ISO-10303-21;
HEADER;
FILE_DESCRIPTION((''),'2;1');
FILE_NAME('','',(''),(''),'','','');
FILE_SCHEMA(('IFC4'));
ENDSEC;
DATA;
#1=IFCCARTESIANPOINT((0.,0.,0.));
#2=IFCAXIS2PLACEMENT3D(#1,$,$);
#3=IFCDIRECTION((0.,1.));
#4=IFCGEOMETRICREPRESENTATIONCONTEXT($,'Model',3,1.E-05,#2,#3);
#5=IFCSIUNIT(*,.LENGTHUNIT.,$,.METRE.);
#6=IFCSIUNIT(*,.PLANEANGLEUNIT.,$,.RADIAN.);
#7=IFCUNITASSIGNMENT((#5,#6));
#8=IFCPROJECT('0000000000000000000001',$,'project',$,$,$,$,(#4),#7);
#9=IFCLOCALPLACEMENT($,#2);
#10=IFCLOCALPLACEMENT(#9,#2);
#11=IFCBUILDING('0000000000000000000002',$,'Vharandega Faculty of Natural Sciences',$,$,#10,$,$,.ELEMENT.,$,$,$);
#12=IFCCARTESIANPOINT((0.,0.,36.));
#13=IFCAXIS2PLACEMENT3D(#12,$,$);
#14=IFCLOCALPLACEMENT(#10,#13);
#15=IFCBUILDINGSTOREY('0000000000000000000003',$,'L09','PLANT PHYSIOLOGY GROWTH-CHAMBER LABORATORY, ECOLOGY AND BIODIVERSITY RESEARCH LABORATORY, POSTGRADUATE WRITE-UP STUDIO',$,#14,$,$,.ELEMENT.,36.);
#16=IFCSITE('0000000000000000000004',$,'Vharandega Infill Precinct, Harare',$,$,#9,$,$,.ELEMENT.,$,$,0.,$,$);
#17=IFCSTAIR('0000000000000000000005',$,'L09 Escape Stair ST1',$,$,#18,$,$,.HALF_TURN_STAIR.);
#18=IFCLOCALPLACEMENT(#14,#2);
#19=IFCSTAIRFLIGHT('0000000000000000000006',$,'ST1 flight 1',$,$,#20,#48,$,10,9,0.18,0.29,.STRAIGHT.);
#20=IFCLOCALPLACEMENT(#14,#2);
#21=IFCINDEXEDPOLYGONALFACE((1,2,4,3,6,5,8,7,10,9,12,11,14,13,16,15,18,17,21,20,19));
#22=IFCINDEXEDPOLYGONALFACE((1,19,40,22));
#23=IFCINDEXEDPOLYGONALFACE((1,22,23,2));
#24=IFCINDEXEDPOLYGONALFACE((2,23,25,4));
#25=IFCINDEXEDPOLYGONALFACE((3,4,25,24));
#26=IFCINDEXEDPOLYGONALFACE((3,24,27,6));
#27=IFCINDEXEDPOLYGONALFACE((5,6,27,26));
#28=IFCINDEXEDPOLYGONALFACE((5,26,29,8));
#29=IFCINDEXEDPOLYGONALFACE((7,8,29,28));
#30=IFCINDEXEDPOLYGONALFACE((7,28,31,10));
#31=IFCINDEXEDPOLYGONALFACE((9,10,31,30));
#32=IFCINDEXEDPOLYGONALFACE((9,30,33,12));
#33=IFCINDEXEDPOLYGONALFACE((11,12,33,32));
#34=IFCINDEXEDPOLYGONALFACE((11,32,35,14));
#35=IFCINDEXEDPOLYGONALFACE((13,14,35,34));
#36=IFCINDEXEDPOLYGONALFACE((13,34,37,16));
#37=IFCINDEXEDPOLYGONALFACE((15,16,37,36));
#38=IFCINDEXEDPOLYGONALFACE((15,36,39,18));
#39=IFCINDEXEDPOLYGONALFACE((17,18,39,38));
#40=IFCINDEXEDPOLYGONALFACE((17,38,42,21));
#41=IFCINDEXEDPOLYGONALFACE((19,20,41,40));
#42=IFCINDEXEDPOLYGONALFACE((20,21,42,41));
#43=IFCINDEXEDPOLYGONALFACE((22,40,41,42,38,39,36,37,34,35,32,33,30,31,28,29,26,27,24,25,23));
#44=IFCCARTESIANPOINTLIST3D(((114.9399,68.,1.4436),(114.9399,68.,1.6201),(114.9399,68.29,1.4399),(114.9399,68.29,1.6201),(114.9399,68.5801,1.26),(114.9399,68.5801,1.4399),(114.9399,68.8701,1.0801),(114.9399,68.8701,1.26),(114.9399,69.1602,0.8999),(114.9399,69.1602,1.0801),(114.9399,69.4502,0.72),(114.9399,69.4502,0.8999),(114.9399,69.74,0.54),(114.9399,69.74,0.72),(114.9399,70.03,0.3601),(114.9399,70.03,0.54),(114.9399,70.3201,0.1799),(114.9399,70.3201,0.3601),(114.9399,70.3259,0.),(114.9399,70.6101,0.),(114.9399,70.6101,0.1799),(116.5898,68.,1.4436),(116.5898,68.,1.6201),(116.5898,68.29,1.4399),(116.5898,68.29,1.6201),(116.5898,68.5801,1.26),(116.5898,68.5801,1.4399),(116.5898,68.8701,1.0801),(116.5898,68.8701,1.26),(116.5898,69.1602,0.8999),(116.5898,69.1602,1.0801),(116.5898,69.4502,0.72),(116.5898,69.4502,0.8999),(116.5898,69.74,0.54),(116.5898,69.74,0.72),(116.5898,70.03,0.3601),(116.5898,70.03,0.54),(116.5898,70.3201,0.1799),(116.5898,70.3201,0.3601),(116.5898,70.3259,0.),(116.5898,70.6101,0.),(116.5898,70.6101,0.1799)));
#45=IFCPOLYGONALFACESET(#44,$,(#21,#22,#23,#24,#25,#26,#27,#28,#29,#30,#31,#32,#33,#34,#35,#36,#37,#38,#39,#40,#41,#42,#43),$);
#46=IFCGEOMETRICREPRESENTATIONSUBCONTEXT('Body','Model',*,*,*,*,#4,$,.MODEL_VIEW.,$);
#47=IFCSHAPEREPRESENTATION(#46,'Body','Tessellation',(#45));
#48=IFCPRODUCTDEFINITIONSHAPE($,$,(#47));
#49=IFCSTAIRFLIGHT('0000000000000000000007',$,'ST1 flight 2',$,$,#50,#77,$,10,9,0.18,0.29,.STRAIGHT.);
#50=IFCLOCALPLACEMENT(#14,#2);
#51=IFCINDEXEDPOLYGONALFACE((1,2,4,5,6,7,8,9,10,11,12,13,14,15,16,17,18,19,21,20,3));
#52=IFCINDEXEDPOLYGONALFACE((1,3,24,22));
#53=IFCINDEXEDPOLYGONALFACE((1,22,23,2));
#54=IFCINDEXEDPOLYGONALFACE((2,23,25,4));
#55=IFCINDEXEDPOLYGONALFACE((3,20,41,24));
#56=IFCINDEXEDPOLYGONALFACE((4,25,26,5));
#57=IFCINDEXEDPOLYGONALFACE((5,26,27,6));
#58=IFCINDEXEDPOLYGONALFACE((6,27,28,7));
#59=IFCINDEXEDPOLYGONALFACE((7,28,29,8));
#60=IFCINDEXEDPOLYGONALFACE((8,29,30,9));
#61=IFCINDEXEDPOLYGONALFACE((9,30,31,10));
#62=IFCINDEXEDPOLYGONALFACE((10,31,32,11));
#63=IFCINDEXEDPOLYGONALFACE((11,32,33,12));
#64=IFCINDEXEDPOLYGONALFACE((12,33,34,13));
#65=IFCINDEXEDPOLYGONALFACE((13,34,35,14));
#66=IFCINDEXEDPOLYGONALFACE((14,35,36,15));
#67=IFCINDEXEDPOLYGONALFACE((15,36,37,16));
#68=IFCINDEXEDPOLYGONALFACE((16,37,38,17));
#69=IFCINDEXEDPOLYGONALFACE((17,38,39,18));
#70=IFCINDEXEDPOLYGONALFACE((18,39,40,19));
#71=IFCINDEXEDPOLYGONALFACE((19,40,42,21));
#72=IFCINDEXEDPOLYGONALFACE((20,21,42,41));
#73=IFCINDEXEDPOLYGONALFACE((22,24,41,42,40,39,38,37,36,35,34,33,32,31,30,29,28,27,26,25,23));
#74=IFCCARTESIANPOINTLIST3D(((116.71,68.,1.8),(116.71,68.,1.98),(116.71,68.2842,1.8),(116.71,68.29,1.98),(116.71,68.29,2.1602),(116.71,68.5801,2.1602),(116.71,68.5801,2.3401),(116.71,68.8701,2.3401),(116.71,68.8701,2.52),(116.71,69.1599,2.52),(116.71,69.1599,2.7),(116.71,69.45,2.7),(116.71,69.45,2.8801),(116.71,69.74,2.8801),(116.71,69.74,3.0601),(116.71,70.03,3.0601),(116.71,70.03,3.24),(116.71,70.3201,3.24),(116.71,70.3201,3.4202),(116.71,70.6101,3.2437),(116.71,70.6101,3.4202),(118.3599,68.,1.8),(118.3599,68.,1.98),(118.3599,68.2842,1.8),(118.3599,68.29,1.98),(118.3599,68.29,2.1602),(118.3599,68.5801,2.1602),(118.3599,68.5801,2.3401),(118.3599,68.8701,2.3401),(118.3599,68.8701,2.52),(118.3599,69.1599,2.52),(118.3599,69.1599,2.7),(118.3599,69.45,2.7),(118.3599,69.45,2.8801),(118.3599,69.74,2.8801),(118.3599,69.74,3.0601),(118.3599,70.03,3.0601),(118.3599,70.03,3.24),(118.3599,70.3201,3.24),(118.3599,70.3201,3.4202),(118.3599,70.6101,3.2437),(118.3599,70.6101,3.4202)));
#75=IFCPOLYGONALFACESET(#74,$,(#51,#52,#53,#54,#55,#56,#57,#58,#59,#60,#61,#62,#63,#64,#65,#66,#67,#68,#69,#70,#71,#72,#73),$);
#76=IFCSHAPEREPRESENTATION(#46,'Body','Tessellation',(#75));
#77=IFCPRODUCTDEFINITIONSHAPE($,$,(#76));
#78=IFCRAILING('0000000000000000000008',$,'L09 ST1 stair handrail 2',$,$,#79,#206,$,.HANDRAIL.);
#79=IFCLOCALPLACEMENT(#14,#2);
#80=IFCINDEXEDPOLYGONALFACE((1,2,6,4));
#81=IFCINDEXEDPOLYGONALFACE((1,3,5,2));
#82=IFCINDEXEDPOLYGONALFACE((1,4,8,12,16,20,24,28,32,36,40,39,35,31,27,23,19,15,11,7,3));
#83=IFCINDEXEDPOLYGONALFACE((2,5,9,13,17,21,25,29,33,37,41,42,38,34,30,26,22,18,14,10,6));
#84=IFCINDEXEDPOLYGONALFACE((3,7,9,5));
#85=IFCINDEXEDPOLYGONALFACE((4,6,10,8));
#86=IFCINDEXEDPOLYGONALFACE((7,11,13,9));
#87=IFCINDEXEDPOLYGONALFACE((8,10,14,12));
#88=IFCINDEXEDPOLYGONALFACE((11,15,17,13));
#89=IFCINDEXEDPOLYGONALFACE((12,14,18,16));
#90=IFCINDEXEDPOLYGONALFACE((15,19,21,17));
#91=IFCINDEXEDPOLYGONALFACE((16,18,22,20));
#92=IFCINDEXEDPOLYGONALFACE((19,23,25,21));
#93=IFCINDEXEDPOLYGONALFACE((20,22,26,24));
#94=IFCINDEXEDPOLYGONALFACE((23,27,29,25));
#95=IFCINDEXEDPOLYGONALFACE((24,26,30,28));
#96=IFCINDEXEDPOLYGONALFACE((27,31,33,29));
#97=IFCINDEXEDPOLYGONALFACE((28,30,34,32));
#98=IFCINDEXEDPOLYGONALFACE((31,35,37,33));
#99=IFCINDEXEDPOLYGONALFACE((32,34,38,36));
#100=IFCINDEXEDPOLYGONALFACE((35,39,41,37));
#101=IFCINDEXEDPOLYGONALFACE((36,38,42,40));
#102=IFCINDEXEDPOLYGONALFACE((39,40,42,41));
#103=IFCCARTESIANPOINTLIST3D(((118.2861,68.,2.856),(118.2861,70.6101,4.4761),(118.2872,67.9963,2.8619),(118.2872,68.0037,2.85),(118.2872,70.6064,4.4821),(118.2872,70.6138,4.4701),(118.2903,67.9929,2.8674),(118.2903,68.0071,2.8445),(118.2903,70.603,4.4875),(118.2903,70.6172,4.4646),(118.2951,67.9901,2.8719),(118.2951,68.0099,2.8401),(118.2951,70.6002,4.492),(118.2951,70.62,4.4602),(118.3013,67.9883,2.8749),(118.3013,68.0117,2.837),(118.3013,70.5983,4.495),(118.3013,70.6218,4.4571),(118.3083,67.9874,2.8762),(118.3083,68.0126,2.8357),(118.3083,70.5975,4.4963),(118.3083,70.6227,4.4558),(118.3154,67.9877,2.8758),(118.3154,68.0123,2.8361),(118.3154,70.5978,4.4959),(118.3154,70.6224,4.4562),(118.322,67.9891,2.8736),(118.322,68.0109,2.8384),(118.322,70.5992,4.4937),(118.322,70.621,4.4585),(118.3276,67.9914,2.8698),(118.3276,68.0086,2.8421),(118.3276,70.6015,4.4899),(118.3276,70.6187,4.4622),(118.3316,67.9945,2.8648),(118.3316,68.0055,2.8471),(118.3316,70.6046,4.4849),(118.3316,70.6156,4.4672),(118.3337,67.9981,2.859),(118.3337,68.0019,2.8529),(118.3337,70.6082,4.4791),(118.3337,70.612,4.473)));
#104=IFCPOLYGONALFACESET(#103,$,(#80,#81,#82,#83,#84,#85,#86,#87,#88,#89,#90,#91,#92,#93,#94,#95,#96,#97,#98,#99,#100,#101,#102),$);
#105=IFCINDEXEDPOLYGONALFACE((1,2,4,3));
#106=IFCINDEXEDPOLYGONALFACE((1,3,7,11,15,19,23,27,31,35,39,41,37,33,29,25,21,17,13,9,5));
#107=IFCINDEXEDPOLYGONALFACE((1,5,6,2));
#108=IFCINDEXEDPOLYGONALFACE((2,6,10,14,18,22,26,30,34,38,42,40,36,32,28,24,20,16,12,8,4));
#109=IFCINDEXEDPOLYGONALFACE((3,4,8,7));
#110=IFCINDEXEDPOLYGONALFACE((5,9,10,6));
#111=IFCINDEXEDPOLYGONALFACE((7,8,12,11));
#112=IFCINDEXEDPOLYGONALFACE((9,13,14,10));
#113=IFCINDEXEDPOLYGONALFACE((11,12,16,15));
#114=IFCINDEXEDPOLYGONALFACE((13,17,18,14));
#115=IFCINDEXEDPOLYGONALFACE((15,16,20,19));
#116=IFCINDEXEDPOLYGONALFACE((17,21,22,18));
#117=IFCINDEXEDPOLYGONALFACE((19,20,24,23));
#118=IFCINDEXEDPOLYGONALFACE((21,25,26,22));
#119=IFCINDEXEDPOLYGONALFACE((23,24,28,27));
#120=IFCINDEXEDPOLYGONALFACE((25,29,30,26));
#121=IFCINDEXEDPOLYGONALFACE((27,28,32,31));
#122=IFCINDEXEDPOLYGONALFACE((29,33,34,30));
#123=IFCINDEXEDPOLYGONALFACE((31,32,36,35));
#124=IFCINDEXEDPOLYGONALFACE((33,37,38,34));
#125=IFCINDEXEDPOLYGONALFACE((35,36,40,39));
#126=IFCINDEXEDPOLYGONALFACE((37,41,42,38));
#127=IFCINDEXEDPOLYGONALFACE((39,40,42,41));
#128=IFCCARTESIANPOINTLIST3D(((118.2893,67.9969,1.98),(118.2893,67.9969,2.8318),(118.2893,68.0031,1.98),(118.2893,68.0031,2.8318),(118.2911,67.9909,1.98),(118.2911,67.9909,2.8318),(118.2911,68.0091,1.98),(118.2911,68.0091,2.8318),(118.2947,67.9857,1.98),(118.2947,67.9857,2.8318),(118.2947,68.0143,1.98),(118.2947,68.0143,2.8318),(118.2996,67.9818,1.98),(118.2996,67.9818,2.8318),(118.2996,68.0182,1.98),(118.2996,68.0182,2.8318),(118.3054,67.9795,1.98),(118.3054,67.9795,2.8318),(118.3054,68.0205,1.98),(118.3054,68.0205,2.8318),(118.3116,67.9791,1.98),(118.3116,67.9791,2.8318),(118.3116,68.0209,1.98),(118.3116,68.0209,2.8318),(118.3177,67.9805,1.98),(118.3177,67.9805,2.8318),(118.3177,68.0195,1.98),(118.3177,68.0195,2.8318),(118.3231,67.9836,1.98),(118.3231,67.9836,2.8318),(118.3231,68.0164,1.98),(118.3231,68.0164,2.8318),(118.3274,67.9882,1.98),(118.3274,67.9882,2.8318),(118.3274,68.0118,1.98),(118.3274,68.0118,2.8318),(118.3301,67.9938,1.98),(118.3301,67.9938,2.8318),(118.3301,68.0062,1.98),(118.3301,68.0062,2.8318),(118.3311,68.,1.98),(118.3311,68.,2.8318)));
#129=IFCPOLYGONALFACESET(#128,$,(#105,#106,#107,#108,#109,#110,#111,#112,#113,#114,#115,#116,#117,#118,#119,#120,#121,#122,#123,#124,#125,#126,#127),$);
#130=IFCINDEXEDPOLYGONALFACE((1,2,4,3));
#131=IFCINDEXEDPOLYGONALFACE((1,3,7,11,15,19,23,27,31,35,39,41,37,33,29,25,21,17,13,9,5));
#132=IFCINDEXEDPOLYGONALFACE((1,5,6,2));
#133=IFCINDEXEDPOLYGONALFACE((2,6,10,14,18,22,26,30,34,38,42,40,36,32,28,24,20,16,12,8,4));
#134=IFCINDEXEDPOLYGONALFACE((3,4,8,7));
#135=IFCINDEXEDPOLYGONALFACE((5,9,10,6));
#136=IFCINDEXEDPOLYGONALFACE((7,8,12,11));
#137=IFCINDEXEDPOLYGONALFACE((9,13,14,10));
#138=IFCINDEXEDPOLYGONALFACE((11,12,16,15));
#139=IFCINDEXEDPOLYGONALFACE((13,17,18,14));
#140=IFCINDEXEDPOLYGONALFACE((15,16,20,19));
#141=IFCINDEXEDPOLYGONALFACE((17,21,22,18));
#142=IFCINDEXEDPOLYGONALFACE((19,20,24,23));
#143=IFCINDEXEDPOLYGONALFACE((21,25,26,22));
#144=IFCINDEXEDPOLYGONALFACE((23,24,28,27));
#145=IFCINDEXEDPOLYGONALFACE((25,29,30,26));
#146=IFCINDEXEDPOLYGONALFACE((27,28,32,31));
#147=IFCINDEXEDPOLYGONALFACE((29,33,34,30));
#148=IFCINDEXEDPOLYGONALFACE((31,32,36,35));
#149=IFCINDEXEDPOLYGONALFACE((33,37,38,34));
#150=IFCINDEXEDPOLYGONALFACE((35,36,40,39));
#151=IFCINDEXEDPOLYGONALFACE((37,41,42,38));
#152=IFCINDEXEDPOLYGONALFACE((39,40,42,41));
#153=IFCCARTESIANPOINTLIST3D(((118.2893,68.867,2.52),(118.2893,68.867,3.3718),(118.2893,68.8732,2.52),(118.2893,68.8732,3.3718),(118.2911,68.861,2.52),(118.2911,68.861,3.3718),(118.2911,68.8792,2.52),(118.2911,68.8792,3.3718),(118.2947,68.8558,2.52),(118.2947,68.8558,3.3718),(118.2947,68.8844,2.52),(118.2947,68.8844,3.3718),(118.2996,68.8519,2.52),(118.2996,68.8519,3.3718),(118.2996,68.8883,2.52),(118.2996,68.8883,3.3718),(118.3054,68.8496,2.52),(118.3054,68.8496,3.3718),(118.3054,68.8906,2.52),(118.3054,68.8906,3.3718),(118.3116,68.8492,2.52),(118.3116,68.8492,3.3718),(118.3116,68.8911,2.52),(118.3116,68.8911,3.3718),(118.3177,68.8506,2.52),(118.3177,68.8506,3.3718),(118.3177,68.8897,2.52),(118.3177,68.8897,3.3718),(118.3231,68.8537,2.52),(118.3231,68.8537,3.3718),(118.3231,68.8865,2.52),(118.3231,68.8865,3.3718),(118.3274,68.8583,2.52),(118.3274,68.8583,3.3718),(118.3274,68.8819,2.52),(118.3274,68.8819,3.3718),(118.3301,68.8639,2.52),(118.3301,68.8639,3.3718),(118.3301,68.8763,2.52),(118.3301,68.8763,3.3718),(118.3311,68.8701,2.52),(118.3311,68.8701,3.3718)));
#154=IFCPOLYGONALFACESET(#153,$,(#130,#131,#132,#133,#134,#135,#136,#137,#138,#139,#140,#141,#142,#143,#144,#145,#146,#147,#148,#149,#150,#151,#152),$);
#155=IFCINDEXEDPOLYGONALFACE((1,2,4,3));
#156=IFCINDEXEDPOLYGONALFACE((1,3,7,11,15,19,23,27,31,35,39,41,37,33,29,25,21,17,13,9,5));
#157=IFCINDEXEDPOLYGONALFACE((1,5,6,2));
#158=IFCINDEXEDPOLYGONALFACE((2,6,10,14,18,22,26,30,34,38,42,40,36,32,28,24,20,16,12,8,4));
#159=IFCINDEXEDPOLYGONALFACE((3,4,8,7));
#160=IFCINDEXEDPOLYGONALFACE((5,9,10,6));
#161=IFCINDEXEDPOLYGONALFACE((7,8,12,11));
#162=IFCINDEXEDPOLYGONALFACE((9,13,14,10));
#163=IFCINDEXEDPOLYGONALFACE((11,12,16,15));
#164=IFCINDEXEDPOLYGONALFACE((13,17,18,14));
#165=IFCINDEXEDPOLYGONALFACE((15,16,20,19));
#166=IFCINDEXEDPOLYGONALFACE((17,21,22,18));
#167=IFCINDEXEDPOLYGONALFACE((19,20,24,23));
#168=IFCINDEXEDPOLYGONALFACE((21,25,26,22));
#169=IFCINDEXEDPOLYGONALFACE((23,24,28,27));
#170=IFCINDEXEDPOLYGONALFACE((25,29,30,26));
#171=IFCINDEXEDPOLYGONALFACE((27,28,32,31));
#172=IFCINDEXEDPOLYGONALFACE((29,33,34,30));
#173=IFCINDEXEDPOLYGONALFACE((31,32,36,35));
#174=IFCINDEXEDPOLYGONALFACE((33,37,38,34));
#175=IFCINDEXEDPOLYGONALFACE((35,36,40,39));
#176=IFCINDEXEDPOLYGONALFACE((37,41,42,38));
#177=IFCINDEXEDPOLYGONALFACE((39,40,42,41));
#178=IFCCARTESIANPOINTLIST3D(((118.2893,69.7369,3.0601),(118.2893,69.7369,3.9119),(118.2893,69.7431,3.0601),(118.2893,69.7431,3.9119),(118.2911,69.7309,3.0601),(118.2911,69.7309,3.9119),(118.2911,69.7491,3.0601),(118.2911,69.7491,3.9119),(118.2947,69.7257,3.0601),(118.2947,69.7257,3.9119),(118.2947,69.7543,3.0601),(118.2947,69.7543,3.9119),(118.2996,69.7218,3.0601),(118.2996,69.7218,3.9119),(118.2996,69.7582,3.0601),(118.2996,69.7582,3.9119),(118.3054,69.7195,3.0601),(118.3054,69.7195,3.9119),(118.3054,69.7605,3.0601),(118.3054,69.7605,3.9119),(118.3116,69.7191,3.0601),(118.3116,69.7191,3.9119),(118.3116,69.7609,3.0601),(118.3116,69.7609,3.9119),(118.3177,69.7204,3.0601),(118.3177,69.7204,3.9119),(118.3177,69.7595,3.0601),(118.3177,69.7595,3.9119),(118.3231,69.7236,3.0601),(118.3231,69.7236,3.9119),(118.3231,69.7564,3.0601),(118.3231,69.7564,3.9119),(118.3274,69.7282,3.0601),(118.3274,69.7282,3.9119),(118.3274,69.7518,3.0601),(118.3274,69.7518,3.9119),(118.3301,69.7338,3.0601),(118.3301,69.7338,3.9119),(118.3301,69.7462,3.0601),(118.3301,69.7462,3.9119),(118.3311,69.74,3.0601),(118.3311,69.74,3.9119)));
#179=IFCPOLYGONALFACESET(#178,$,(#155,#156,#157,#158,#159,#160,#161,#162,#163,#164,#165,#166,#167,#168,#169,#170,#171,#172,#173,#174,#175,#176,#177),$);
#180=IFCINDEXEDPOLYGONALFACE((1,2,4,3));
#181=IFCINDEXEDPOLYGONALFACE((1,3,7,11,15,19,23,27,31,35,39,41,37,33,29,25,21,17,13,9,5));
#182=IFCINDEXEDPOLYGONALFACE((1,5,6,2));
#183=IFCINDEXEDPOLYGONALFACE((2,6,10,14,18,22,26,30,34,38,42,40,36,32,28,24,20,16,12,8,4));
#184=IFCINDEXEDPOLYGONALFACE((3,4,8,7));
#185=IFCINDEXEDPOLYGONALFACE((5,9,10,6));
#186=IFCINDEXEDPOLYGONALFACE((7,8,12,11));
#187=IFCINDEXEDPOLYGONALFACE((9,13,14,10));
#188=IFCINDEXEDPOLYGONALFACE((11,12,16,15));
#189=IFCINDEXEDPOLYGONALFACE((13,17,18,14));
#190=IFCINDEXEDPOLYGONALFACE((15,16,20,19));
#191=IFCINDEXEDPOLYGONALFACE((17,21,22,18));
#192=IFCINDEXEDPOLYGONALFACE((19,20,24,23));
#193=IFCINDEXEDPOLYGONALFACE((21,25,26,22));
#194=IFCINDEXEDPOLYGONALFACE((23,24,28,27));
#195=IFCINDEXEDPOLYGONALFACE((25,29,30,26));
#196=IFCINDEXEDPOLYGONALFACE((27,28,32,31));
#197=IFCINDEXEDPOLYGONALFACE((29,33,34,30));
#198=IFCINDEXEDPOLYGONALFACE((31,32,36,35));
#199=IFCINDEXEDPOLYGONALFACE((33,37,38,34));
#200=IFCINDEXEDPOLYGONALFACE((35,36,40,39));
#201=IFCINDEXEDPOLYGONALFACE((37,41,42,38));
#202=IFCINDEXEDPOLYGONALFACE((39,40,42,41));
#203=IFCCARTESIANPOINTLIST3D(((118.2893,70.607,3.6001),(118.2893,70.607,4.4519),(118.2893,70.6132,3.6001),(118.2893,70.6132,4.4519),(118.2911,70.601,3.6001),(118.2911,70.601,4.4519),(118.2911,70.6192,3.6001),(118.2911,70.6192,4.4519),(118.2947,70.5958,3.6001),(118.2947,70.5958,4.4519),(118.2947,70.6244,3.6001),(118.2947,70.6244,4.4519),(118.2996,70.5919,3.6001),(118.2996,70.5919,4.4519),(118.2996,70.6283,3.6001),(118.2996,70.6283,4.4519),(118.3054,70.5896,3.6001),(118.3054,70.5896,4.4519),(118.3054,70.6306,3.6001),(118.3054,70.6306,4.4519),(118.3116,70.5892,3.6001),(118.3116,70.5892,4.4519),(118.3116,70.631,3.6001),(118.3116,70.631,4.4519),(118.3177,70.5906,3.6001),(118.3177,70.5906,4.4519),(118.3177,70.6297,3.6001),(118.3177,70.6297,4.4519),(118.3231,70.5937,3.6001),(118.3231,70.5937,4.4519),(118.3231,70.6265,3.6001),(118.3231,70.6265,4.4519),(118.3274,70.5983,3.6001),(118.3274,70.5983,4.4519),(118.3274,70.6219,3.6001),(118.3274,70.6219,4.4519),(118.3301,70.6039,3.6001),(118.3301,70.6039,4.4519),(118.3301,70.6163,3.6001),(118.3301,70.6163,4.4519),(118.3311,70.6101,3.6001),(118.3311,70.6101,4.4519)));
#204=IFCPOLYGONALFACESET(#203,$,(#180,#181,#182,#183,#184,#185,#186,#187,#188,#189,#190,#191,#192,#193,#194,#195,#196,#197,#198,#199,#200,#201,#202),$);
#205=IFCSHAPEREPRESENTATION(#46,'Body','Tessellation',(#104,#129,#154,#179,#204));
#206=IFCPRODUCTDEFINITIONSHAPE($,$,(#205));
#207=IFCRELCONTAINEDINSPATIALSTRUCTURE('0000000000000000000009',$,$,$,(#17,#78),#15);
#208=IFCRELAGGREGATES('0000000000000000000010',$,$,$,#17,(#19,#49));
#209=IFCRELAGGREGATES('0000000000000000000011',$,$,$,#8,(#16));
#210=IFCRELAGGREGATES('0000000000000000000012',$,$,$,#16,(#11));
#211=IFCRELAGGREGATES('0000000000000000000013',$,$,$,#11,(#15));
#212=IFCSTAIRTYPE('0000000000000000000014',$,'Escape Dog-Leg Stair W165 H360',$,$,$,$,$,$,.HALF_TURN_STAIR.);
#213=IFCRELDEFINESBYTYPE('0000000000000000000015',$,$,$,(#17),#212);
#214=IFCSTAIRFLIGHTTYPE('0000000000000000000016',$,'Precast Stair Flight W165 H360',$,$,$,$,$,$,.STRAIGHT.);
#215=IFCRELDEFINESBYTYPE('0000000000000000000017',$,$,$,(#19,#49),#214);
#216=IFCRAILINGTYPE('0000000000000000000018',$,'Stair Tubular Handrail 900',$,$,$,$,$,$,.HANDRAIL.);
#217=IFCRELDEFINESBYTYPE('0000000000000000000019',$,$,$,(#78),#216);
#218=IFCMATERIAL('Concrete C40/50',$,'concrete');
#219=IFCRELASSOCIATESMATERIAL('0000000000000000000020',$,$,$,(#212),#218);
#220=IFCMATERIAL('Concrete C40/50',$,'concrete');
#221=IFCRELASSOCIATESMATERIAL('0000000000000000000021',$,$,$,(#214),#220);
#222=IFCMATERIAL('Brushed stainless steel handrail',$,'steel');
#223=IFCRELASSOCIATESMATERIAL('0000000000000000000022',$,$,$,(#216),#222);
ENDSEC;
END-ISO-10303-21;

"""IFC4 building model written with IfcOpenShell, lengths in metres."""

from ifc_helpers import new_model, si_unit, direction, frame, origin, origin_2d, place, context, subcontext, project, spatial, polyline, circle, outline, extrude, material, type_object, element, aggregate, save


model = new_model("IFC4")

# Units and contexts
model_context = context("Model", 3, precision=1e-05, world=origin(), true_north=direction((0.0, 1.0)))
body_context = subcontext(model_context, "Body", "Model", "MODEL_VIEW")
ifc_project = project(units=[si_unit("LENGTHUNIT", "METRE"), si_unit("PLANEANGLEUNIT", "RADIAN")], contexts=[model_context])

# Site, building, storey
site_placement = place(None, origin())
site = spatial("IfcSite", under=ifc_project, at=site_placement, Name="Vharandega Infill Precinct, Harare", CompositionType="ELEMENT", RefElevation=0.0)
building_placement = place(site_placement, origin())
building = spatial("IfcBuilding", under=site, at=building_placement, Name="Vharandega Faculty of Natural Sciences", CompositionType="ELEMENT")
storey_placement = place(building_placement, frame((0.0, 0.0, 36.0)))
storey = spatial("IfcBuildingStorey", under=building, at=storey_placement, Name="L09", Description="PLANT PHYSIOLOGY GROWTH-CHAMBER LABORATORY, ECOLOGY AND BIODIVERSITY RESEARCH LABORATORY, POSTGRADUATE WRITE-UP STUDIO", CompositionType="ELEMENT", Elevation=36.0)

# Stair, stair flights
ifc_material_1 = material(Name="Concrete C40/50", Category="concrete")
stair_type = type_object("IfcStairType", Name="Escape Dog-Leg Stair W165 H360", PredefinedType="HALF_TURN_STAIR", material=ifc_material_1)
stair_placement = place(storey_placement, origin())
stair = element("IfcStair", 1, at=stair_placement, inside=storey, type_object=stair_type, Name="L09 Escape Stair ST1", PredefinedType="HALF_TURN_STAIR")
ifc_material_2 = material(Name="Concrete C40/50", Category="concrete")
stair_flight_type = type_object("IfcStairFlightType", Name="Precast Stair Flight W165 H360", PredefinedType="STRAIGHT", material=ifc_material_2)
stair_flight_1_placement = place(storey_placement, frame((115.7649, 70.6101, 0.0), z_axis=(0.0, 0.0, 1.0), x_axis=(0.0, -1.0, 0.0)))
stair_flight_1 = element("IfcStairFlight", 2, at=stair_flight_1_placement, type_object=stair_flight_type, Name="ST1 flight 1", NumberOfRisers=10, NumberOfTreads=9, PredefinedType="STRAIGHT", RiserHeight=0.18, TreadLength=0.29, context=body_context, shape_type="SweptSolid", body=[
    extrude(outline(polyline([(0.0, 0.0), (0.0, 0.1799), (0.29, 0.1799), (0.29, 0.3601), (0.5801, 0.3601), (0.5801, 0.54), (0.8701, 0.54), (0.8701, 0.72), (1.1599, 0.72), (1.1599, 0.8999), (1.45, 0.8999), (1.45, 1.0801), (1.74, 1.0801), (1.74, 1.26), (2.03, 1.26), (2.03, 1.4399), (2.3201, 1.4399), (2.3201, 1.6201), (2.6101, 1.6201), (2.6101, 1.8), (2.6101, 1.4436), (0.2842, 0.0), (0.0, 0.0)])), frame((0.0, 0.825, 0.0), z_axis=(0.0, -1.0, 0.0), x_axis=(1.0, 0.0, 0.0)), (0.0, 0.0, 1.0), 1.6499),
])
stair_flight_2_placement = place(storey_placement, frame((117.5349, 68.0, 1.8), z_axis=(0.0, 0.0, 1.0), x_axis=(0.0, 1.0, 0.0)))
stair_flight_2 = element("IfcStairFlight", 3, at=stair_flight_2_placement, type_object=stair_flight_type, Name="ST1 flight 2", NumberOfRisers=10, NumberOfTreads=9, PredefinedType="STRAIGHT", RiserHeight=0.18, TreadLength=0.29, context=body_context, shape_type="SweptSolid", body=[
    extrude(outline(polyline([(0.0, 0.0), (0.0, 0.1799), (0.29, 0.1799), (0.29, 0.3601), (0.5801, 0.3601), (0.5801, 0.54), (0.8701, 0.54), (0.8701, 0.72), (1.1599, 0.72), (1.1599, 0.8999), (1.45, 0.8999), (1.45, 1.0801), (1.74, 1.0801), (1.74, 1.26), (2.03, 1.26), (2.03, 1.4399), (2.3201, 1.4399), (2.3201, 1.6201), (2.6101, 1.6201), (2.6101, 1.8), (2.6101, 1.4436), (0.2842, 0.0), (0.0, 0.0)])), frame((0.0, 0.825, 0.0), z_axis=(0.0, -1.0, 0.0), x_axis=(1.0, 0.0, 0.0)), (0.0, 0.0, 1.0), 1.6499),
])
aggregate(stair, [stair_flight_1, stair_flight_2])

# Railing
ifc_material_3 = material(Name="Brushed stainless steel handrail", Category="steel")
railing_type_1 = type_object("IfcRailingType", Name="Stair Tubular Handrail 900", PredefinedType="HANDRAIL", material=ifc_material_3)
railing_1_placement = place(storey_placement, frame((118.3101, 68.0, 1.98)))
element("IfcRailing", 4, at=railing_1_placement, inside=storey, type_object=railing_type_1, Name="L09 ST1 stair handrail 2", PredefinedType="HANDRAIL", context=body_context, shape_type="SweptSolid", body=[
    extrude(circle(Radius=0.0239, at=origin_2d()), frame((0.0, 0.0, 0.876), z_axis=(0.0, 0.849633, 0.527375), x_axis=(-1.0, 0.0, 0.0)), (0.0, 0.0, 1.0), 3.072),
    extrude(circle(Radius=0.021, at=origin_2d()), origin(), (0.0, 0.0, 1.0), 0.8518),
    extrude(circle(Radius=0.021, at=origin_2d()), frame((0.0, 0.8701, 0.54)), (0.0, 0.0, 1.0), 0.8518),
    extrude(circle(Radius=0.021, at=origin_2d()), frame((0.0, 1.74, 1.0801)), (0.0, 0.0, 1.0), 0.8518),
    extrude(circle(Radius=0.021, at=origin_2d()), frame((0.0, 2.6101, 1.6201)), (0.0, 0.0, 1.0), 0.8518),
])

save(model, "model.ifc")
